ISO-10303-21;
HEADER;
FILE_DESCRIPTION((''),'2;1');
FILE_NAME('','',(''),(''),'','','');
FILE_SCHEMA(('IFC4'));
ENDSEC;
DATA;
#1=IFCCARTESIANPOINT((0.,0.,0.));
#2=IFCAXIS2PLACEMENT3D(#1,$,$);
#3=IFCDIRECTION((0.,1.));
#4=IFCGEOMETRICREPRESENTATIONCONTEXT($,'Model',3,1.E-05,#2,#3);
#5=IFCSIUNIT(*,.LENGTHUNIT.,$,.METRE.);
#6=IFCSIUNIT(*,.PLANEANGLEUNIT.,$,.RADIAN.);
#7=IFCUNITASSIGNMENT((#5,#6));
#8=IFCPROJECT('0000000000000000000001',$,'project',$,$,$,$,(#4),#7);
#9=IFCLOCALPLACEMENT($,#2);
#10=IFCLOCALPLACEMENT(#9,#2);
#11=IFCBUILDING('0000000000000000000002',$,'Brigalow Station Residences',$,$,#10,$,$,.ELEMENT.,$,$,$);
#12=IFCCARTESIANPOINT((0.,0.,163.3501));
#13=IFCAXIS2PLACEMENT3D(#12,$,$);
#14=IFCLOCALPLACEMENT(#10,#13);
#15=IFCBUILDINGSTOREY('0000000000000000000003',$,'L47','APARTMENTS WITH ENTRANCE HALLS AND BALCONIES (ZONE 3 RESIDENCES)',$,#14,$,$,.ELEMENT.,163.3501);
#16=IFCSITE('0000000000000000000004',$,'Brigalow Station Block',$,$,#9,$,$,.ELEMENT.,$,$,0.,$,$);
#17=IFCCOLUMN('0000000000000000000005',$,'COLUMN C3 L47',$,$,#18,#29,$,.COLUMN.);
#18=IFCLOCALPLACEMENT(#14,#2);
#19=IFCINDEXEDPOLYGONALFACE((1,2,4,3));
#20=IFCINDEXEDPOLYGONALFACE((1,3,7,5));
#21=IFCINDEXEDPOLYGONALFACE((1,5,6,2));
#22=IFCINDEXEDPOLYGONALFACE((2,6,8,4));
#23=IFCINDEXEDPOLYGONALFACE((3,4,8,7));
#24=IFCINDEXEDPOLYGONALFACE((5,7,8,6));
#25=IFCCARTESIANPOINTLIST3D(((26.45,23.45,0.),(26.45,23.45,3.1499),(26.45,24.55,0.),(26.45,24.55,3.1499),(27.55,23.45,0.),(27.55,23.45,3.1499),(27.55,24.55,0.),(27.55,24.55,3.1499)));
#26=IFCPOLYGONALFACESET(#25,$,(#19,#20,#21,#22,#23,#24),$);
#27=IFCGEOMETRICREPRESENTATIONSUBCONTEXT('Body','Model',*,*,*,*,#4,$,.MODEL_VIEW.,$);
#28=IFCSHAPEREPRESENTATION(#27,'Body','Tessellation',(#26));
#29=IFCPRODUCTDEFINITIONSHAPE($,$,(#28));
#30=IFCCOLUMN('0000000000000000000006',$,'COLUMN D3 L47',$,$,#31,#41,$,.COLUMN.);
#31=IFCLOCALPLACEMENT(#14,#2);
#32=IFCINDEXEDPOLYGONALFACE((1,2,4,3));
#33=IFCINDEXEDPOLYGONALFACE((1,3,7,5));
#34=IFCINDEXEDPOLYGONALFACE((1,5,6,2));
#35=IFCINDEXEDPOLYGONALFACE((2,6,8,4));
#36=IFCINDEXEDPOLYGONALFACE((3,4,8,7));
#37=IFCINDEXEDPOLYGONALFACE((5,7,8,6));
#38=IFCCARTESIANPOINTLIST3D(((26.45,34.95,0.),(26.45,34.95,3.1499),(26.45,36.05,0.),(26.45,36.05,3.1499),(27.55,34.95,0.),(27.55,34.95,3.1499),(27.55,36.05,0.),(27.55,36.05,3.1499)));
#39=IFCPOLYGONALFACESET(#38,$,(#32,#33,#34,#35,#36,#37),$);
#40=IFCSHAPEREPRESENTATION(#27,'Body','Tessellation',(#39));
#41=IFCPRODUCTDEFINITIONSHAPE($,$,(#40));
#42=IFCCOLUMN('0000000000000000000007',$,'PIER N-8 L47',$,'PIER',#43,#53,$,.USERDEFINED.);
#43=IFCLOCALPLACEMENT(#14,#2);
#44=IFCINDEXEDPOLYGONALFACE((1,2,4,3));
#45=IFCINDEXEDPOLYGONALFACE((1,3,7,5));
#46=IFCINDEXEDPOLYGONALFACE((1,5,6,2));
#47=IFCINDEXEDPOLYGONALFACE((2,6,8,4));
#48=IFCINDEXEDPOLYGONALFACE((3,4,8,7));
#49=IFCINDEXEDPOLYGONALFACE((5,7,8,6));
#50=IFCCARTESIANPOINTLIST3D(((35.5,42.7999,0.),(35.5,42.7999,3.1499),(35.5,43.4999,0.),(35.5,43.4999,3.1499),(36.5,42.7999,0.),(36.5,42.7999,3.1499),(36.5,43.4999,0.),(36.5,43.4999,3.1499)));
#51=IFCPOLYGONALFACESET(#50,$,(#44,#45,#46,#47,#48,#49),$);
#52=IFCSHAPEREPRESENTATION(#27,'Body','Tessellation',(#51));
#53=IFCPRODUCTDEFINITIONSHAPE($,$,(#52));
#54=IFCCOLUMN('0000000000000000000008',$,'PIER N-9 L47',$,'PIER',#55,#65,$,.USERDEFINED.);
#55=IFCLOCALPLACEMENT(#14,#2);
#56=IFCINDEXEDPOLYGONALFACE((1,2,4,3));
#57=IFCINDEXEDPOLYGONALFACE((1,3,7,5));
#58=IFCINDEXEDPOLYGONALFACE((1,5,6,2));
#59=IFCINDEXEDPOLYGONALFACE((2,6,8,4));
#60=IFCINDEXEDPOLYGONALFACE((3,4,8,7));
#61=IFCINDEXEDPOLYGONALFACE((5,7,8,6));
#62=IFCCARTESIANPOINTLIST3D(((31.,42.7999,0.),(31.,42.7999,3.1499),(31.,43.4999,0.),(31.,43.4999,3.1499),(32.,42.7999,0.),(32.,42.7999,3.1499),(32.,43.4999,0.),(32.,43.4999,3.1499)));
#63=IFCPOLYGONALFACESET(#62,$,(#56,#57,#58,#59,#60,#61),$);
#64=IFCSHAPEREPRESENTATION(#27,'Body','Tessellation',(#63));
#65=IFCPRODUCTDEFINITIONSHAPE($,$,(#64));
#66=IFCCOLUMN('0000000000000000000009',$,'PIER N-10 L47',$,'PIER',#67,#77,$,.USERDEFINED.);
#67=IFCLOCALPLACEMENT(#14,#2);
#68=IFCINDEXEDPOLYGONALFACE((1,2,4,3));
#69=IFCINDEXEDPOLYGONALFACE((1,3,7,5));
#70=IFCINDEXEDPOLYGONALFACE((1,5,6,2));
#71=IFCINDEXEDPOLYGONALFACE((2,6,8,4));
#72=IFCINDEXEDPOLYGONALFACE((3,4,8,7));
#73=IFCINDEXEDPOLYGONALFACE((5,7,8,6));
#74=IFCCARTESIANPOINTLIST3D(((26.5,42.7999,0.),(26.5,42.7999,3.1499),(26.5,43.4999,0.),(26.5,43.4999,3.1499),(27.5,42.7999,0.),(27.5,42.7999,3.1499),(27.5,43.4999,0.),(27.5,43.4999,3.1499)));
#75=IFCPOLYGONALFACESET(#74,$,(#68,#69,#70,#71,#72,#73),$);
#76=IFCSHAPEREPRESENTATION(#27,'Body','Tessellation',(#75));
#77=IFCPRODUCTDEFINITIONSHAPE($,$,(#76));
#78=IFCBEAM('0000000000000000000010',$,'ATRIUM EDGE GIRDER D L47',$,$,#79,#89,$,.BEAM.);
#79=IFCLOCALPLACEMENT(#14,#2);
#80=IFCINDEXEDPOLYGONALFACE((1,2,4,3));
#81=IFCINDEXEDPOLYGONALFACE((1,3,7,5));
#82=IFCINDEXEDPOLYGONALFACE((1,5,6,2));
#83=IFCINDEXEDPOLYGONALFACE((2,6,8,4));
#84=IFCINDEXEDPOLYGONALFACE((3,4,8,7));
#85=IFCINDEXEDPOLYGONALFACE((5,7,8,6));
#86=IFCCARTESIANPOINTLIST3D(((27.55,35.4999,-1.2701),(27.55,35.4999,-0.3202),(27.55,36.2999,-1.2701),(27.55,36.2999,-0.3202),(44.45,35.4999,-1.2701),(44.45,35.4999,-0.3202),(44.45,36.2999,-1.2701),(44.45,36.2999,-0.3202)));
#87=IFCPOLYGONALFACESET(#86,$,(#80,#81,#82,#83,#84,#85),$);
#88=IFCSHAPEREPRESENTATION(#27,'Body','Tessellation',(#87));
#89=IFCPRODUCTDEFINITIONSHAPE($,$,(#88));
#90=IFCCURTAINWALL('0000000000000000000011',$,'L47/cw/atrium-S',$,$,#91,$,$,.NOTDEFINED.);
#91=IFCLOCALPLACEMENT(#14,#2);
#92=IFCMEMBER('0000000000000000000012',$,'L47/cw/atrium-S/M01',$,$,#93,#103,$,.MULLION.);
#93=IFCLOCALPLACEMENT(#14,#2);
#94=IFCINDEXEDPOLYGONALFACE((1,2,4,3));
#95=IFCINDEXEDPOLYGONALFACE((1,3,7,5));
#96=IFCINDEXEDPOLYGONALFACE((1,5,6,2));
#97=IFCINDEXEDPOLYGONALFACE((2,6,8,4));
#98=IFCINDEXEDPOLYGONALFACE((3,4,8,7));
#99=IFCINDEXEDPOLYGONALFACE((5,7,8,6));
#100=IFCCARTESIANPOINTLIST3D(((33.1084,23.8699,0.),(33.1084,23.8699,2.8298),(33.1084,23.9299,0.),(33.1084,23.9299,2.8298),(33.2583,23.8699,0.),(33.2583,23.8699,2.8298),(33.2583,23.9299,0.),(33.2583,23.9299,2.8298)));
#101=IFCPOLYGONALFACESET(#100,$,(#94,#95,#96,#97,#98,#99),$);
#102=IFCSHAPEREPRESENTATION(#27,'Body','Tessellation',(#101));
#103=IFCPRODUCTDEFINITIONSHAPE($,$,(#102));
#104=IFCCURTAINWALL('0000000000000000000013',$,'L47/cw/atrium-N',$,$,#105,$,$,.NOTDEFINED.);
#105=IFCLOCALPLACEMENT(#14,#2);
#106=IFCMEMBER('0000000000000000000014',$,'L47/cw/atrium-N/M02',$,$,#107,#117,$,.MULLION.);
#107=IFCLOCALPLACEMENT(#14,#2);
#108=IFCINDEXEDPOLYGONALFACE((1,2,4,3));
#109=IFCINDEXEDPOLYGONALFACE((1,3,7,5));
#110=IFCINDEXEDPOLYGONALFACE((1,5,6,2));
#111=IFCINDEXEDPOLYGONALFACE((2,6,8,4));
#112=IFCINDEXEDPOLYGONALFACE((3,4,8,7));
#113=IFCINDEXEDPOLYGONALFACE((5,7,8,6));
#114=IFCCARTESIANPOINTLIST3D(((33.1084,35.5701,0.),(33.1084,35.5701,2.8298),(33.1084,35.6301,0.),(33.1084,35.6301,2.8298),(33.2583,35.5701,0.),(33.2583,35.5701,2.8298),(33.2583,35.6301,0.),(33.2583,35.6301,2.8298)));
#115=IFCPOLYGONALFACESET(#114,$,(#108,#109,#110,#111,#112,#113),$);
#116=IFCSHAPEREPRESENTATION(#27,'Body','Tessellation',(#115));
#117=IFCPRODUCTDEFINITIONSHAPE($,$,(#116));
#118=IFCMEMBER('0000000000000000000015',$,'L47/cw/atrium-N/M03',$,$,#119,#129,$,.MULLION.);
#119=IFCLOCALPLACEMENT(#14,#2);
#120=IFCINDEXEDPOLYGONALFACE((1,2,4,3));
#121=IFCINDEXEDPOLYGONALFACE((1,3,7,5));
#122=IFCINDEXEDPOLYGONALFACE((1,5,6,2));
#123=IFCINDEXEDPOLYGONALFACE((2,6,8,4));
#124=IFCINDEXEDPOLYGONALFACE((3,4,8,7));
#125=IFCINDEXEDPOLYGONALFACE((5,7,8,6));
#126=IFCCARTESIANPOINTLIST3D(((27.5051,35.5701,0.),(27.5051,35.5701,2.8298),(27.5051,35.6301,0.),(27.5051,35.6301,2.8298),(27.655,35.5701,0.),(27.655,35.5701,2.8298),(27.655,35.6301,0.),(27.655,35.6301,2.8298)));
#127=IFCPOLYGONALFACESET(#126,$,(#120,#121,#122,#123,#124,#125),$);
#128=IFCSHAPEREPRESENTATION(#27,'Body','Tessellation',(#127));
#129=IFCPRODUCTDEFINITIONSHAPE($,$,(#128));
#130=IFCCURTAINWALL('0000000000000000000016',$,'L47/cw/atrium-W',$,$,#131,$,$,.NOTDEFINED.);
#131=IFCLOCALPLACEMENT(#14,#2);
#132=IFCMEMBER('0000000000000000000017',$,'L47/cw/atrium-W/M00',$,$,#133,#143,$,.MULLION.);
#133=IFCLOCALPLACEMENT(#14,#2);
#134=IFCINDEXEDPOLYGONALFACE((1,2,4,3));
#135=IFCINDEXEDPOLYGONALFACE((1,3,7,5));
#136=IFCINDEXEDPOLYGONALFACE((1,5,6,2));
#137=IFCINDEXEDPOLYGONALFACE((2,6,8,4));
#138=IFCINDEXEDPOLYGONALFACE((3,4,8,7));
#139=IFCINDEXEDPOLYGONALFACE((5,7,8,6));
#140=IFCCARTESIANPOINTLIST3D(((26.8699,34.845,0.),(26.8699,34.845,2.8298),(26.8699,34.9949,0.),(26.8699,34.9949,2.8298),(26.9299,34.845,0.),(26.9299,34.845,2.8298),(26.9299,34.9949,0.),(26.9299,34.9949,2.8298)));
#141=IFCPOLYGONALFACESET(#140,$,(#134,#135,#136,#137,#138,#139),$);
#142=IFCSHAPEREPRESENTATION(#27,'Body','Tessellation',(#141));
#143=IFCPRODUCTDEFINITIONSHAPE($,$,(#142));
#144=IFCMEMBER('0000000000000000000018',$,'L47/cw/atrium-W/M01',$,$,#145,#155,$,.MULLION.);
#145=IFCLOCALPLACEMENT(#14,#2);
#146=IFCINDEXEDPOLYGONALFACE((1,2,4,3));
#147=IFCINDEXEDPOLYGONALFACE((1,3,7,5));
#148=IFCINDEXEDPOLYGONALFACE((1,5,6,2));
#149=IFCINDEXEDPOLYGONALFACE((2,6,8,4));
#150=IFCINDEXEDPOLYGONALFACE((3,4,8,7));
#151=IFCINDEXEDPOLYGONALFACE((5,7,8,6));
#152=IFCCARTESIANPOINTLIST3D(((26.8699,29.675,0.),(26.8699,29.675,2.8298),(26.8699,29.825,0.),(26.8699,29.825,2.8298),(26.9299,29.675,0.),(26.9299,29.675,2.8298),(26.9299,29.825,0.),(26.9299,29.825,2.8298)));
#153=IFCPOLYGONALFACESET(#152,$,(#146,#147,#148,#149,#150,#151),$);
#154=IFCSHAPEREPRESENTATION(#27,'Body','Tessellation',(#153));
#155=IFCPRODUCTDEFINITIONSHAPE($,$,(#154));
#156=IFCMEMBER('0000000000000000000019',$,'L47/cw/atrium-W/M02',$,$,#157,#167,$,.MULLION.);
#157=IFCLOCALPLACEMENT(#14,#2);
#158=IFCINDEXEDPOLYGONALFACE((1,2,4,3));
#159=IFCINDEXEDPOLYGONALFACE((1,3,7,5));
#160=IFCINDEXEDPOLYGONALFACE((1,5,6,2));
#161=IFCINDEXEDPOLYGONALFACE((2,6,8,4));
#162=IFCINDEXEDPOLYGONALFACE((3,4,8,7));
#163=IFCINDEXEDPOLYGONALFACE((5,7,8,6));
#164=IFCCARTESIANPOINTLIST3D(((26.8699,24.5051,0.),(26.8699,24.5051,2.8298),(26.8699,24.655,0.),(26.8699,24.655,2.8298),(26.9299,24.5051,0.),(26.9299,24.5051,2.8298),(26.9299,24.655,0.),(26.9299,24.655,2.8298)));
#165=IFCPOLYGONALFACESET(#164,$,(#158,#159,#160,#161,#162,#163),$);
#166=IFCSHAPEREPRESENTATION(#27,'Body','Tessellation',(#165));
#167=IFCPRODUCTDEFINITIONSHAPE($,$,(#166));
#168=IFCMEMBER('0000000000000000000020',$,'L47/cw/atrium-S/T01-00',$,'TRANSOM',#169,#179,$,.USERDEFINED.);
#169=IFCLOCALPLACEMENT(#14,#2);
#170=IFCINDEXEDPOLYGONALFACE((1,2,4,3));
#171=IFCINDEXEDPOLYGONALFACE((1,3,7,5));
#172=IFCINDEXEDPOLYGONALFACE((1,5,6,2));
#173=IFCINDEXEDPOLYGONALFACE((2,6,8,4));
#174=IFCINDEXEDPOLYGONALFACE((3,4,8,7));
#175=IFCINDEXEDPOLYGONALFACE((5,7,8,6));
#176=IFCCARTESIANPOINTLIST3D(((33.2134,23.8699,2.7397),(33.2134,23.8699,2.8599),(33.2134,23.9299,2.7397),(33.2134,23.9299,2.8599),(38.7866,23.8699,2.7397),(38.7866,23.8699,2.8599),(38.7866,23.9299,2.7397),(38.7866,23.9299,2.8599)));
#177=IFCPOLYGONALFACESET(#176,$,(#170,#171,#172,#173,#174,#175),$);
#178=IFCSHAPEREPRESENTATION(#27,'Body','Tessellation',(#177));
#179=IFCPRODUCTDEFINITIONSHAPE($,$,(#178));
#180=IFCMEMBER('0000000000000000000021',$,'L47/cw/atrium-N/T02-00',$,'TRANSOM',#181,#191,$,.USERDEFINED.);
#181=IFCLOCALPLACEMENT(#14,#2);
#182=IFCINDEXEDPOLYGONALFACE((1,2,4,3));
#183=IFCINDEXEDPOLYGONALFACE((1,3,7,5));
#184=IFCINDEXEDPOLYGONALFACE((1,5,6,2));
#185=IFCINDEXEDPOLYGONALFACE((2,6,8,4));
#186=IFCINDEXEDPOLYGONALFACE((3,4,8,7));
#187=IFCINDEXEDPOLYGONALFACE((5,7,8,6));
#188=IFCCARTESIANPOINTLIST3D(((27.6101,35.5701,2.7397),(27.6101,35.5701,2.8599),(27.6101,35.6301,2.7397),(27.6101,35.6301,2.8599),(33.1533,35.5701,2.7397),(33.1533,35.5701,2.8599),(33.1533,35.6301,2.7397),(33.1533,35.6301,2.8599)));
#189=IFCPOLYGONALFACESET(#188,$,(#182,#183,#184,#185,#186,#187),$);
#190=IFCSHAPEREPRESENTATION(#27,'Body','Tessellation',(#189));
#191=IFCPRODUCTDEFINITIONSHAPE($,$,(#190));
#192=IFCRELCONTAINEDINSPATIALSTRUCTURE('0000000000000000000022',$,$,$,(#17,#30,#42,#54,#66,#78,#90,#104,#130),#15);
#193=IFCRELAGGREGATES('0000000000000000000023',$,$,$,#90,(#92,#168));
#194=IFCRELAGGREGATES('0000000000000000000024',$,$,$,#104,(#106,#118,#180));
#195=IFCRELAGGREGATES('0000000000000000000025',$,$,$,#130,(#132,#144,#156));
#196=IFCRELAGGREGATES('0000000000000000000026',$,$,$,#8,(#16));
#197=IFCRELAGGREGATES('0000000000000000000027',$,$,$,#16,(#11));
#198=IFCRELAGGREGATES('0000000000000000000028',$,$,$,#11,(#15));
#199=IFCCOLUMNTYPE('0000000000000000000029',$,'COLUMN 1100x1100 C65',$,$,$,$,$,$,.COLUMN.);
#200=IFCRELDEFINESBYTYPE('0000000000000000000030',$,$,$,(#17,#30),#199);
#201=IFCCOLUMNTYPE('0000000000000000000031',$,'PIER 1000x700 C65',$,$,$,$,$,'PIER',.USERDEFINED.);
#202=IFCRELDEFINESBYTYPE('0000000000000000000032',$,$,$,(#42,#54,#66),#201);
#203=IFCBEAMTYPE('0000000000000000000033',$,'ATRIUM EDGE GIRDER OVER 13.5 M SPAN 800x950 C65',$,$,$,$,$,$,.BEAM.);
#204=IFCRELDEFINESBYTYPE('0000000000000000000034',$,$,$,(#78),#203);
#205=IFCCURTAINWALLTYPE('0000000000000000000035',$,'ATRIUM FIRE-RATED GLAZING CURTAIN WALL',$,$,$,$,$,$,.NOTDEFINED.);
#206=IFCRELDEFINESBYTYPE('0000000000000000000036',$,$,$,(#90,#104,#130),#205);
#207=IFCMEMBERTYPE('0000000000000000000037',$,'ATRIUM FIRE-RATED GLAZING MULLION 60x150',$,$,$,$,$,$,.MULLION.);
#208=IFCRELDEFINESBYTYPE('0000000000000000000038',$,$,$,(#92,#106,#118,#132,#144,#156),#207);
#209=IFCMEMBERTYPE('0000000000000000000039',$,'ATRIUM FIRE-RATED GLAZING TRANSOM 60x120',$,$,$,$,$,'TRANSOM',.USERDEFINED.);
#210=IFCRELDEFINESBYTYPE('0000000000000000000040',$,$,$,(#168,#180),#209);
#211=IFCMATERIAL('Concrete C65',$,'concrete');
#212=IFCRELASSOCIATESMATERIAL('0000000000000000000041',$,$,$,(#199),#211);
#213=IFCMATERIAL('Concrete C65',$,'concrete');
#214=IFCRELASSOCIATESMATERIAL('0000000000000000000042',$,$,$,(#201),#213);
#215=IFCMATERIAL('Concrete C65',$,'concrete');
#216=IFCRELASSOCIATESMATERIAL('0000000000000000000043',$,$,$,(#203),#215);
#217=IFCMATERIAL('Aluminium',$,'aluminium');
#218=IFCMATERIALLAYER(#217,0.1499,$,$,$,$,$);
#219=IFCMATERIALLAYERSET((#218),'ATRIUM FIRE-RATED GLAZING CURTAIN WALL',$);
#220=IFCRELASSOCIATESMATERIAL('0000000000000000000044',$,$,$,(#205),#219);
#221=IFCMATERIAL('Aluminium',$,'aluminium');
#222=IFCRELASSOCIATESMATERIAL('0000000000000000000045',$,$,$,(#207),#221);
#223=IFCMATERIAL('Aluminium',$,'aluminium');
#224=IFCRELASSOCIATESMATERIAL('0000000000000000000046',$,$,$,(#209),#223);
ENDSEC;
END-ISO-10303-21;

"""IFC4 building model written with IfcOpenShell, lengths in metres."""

from ifc_helpers import new_model, si_unit, direction, frame, origin, origin_2d, place, context, subcontext, project, spatial, rectangle, extrude, material, layer, layer_set, material_profile, profile_set, type_object, element, aggregate, save


model = new_model("IFC4")

# Units and contexts
model_context = context("Model", 3, precision=1e-05, world=origin(), true_north=direction((0.0, 1.0)))
body_context = subcontext(model_context, "Body", "Model", "MODEL_VIEW")
ifc_project = project(units=[si_unit("LENGTHUNIT", "METRE"), si_unit("PLANEANGLEUNIT", "RADIAN")], contexts=[model_context])

# Site, building, storey
site_placement = place(None, origin())
site = spatial("IfcSite", under=ifc_project, at=site_placement, Name="Brigalow Station Block", CompositionType="ELEMENT", RefElevation=0.0)
building_placement = place(site_placement, origin())
building = spatial("IfcBuilding", under=site, at=building_placement, Name="Brigalow Station Residences", CompositionType="ELEMENT")
storey_placement = place(building_placement, frame((0.0, 0.0, 163.3501)))
storey = spatial("IfcBuildingStorey", under=building, at=storey_placement, Name="L47", Description="APARTMENTS WITH ENTRANCE HALLS AND BALCONIES (ZONE 3 RESIDENCES)", CompositionType="ELEMENT", Elevation=163.3501)

# Columns
ifc_material_1 = material(Name="Concrete C65", Category="concrete")
ifc_material_profile_1 = material_profile(ifc_material_1, rectangle(XDim=1.1001, YDim=1.1001, at=origin_2d()), Name="RC1100x1100")
ifc_profile_set_1 = profile_set([ifc_material_profile_1], Name="Concrete C65")
column_type_1 = type_object("IfcColumnType", Name="COLUMN 1100x1100 C65", PredefinedType="COLUMN", material=ifc_profile_set_1)
for number, where, z_axis, x_axis, name in (
    (1, (27.0, 24.0, 0.0), (0.0, 0.0, 1.0), (1.0, 0.0, 0.0), "COLUMN C3 L47"),
    (2, (27.0, 35.5, 0.0), (0.0, 0.0, 1.0), (1.0, 0.0, 0.0), "COLUMN D3 L47"),
):
    element("IfcColumn", number, at=place(storey_placement, frame(where, z_axis=z_axis, x_axis=x_axis)), inside=storey, type_object=column_type_1, Name=name, PredefinedType="COLUMN", context=body_context, shape_type="SweptSolid", body=[
        extrude(rectangle(XDim=1.1001, YDim=1.1001, at=origin_2d()), origin(), (0.0, 0.0, 1.0), 3.1499),
    ])
ifc_material_2 = material(Name="Concrete C65", Category="concrete")
ifc_material_profile_2 = material_profile(ifc_material_2, rectangle(XDim=1.0, YDim=0.7, at=origin_2d()), Name="RC1000x700")
ifc_profile_set_2 = profile_set([ifc_material_profile_2], Name="Concrete C65")
column_type_2 = type_object("IfcColumnType", Name="PIER 1000x700 C65", ElementType="PIER", PredefinedType="USERDEFINED", material=ifc_profile_set_2)
for number, where, z_axis, x_axis, name in (
    (3, (36.0, 43.1499, 0.0), (0.0, 0.0, 1.0), (-1.0, 0.0, 0.0), "PIER N-8 L47"),
    (4, (31.5, 43.1499, 0.0), (0.0, 0.0, 1.0), (-1.0, 0.0, 0.0), "PIER N-9 L47"),
    (5, (27.0, 43.1499, 0.0), (0.0, 0.0, 1.0), (-1.0, 0.0, 0.0), "PIER N-10 L47"),
):
    element("IfcColumn", number, at=place(storey_placement, frame(where, z_axis=z_axis, x_axis=x_axis)), inside=storey, type_object=column_type_2, Name=name, ObjectType="PIER", PredefinedType="USERDEFINED", context=body_context, shape_type="SweptSolid", body=[
        extrude(rectangle(XDim=1.0, YDim=0.7, at=origin_2d()), origin(), (0.0, 0.0, 1.0), 3.1499),
    ])

# Beam
ifc_material_3 = material(Name="Concrete C65", Category="concrete")
ifc_material_profile_3 = material_profile(ifc_material_3, rectangle(XDim=0.8, YDim=0.95, at=origin_2d()), Name="RC800x950")
ifc_profile_set_3 = profile_set([ifc_material_profile_3], Name="Concrete C65")
beam_type = type_object("IfcBeamType", Name="ATRIUM EDGE GIRDER OVER 13.5 M SPAN 800x950 C65", PredefinedType="BEAM", material=ifc_profile_set_3)
beam_placement = place(storey_placement, frame((27.55, 35.8999, -0.7952), z_axis=(1.0, 0.0, 0.0), x_axis=(0.0, 1.0, 0.0)))
element("IfcBeam", 6, at=beam_placement, inside=storey, type_object=beam_type, Name="ATRIUM EDGE GIRDER D L47", PredefinedType="BEAM", context=body_context, shape_type="SweptSolid", body=[
    extrude(rectangle(XDim=0.8, YDim=0.95, at=origin_2d()), origin(), (0.0, 0.0, 1.0), 16.8999),
])

# Curtain wall, member
ifc_material_4 = material(Name="Aluminium", Category="aluminium")
ifc_layer_1 = layer(ifc_material_4, 0.1499)
ifc_layer_set_1 = layer_set([ifc_layer_1], Name="ATRIUM FIRE-RATED GLAZING CURTAIN WALL")
curtain_wall_type = type_object("IfcCurtainWallType", Name="ATRIUM FIRE-RATED GLAZING CURTAIN WALL", PredefinedType="NOTDEFINED", material=ifc_layer_set_1)
curtain_wall_1_placement = place(storey_placement, origin())
curtain_wall_1 = element("IfcCurtainWall", 7, at=curtain_wall_1_placement, inside=storey, type_object=curtain_wall_type, Name="L47/cw/atrium-S", PredefinedType="NOTDEFINED")
ifc_material_5 = material(Name="Aluminium", Category="aluminium")
ifc_material_profile_4 = material_profile(ifc_material_5, rectangle(XDim=0.0601, YDim=0.1499, at=origin_2d()), Name="ATRIUM FIRE-RATED GLAZING MULLION 60x150")
ifc_profile_set_4 = profile_set([ifc_material_profile_4], Name="Aluminium")
member_type_1 = type_object("IfcMemberType", Name="ATRIUM FIRE-RATED GLAZING MULLION 60x150", PredefinedType="MULLION", material=ifc_profile_set_4)
member_1_placement = place(storey_placement, frame((33.1833, 23.8999, 0.0), z_axis=(0.0, 0.0, 1.0), x_axis=(0.0, 1.0, 0.0)))
member_1 = element("IfcMember", 8, at=member_1_placement, type_object=member_type_1, Name="L47/cw/atrium-S/M01", PredefinedType="MULLION", context=body_context, shape_type="SweptSolid", body=[
    extrude(rectangle(XDim=0.0601, YDim=0.1499, at=origin_2d()), origin(), (0.0, 0.0, 1.0), 2.8298),
])

# Curtain walls, members
curtain_wall_2_placement = place(storey_placement, origin())
curtain_wall_2 = element("IfcCurtainWall", 9, at=curtain_wall_2_placement, inside=storey, type_object=curtain_wall_type, Name="L47/cw/atrium-N", PredefinedType="NOTDEFINED")
member_2_placement = place(storey_placement, frame((33.1833, 35.6001, 0.0), z_axis=(0.0, 0.0, 1.0), x_axis=(0.0, -1.0, 0.0)))
member_2 = element("IfcMember", 10, at=member_2_placement, type_object=member_type_1, Name="L47/cw/atrium-N/M02", PredefinedType="MULLION", context=body_context, shape_type="SweptSolid", body=[
    extrude(rectangle(XDim=0.0601, YDim=0.1499, at=origin_2d()), origin(), (0.0, 0.0, 1.0), 2.8298),
])
member_3_placement = place(storey_placement, frame((27.5801, 35.6001, 0.0), z_axis=(0.0, 0.0, 1.0), x_axis=(0.0, -1.0, 0.0)))
member_3 = element("IfcMember", 11, at=member_3_placement, type_object=member_type_1, Name="L47/cw/atrium-N/M03", PredefinedType="MULLION", context=body_context, shape_type="SweptSolid", body=[
    extrude(rectangle(XDim=0.0601, YDim=0.1499, at=origin_2d()), origin(), (0.0, 0.0, 1.0), 2.8298),
])
curtain_wall_3_placement = place(storey_placement, origin())
curtain_wall_3 = element("IfcCurtainWall", 12, at=curtain_wall_3_placement, inside=storey, type_object=curtain_wall_type, Name="L47/cw/atrium-W", PredefinedType="NOTDEFINED")
member_4_placement = place(storey_placement, frame((26.8999, 34.9199, 0.0), z_axis=(0.0, 0.0, 1.0), x_axis=(1.0, 0.0, 0.0)))
member_4 = element("IfcMember", 13, at=member_4_placement, type_object=member_type_1, Name="L47/cw/atrium-W/M00", PredefinedType="MULLION", context=body_context, shape_type="SweptSolid", body=[
    extrude(rectangle(XDim=0.0601, YDim=0.1499, at=origin_2d()), origin(), (0.0, 0.0, 1.0), 2.8298),
])
member_5_placement = place(storey_placement, frame((26.8999, 29.75, 0.0), z_axis=(0.0, 0.0, 1.0), x_axis=(1.0, 0.0, 0.0)))
member_5 = element("IfcMember", 14, at=member_5_placement, type_object=member_type_1, Name="L47/cw/atrium-W/M01", PredefinedType="MULLION", context=body_context, shape_type="SweptSolid", body=[
    extrude(rectangle(XDim=0.0601, YDim=0.1499, at=origin_2d()), origin(), (0.0, 0.0, 1.0), 2.8298),
])
member_6_placement = place(storey_placement, frame((26.8999, 24.5801, 0.0), z_axis=(0.0, 0.0, 1.0), x_axis=(1.0, 0.0, 0.0)))
member_6 = element("IfcMember", 15, at=member_6_placement, type_object=member_type_1, Name="L47/cw/atrium-W/M02", PredefinedType="MULLION", context=body_context, shape_type="SweptSolid", body=[
    extrude(rectangle(XDim=0.0601, YDim=0.1499, at=origin_2d()), origin(), (0.0, 0.0, 1.0), 2.8298),
])

# Members
ifc_material_6 = material(Name="Aluminium", Category="aluminium")
ifc_material_profile_5 = material_profile(ifc_material_6, rectangle(XDim=0.0601, YDim=0.1201, at=origin_2d()), Name="ATRIUM FIRE-RATED GLAZING TRANSOM 60x120")
ifc_profile_set_5 = profile_set([ifc_material_profile_5], Name="Aluminium")
member_type_2 = type_object("IfcMemberType", Name="ATRIUM FIRE-RATED GLAZING TRANSOM 60x120", ElementType="TRANSOM", PredefinedType="USERDEFINED", material=ifc_profile_set_5)
member_7_placement = place(storey_placement, frame((33.2134, 23.8999, 2.7998), z_axis=(1.0, 0.0, 0.0), x_axis=(0.0, 1.0, 0.0)))
member_7 = element("IfcMember", 16, at=member_7_placement, type_object=member_type_2, Name="L47/cw/atrium-S/T01-00", ObjectType="TRANSOM", PredefinedType="USERDEFINED", context=body_context, shape_type="SweptSolid", body=[
    extrude(rectangle(XDim=0.0601, YDim=0.1201, at=origin_2d()), origin(), (0.0, 0.0, 1.0), 5.5732),
])
member_8_placement = place(storey_placement, frame((33.1533, 35.6001, 2.7998), z_axis=(-1.0, 0.0, 0.0), x_axis=(0.0, -1.0, 0.0)))
member_8 = element("IfcMember", 17, at=member_8_placement, type_object=member_type_2, Name="L47/cw/atrium-N/T02-00", ObjectType="TRANSOM", PredefinedType="USERDEFINED", context=body_context, shape_type="SweptSolid", body=[
    extrude(rectangle(XDim=0.0601, YDim=0.1201, at=origin_2d()), origin(), (0.0, 0.0, 1.0), 5.5432),
])

aggregate(curtain_wall_1, [member_1, member_7])
aggregate(curtain_wall_2, [member_2, member_3, member_8])
aggregate(curtain_wall_3, [member_4, member_5, member_6])

save(model, "model.ifc")
